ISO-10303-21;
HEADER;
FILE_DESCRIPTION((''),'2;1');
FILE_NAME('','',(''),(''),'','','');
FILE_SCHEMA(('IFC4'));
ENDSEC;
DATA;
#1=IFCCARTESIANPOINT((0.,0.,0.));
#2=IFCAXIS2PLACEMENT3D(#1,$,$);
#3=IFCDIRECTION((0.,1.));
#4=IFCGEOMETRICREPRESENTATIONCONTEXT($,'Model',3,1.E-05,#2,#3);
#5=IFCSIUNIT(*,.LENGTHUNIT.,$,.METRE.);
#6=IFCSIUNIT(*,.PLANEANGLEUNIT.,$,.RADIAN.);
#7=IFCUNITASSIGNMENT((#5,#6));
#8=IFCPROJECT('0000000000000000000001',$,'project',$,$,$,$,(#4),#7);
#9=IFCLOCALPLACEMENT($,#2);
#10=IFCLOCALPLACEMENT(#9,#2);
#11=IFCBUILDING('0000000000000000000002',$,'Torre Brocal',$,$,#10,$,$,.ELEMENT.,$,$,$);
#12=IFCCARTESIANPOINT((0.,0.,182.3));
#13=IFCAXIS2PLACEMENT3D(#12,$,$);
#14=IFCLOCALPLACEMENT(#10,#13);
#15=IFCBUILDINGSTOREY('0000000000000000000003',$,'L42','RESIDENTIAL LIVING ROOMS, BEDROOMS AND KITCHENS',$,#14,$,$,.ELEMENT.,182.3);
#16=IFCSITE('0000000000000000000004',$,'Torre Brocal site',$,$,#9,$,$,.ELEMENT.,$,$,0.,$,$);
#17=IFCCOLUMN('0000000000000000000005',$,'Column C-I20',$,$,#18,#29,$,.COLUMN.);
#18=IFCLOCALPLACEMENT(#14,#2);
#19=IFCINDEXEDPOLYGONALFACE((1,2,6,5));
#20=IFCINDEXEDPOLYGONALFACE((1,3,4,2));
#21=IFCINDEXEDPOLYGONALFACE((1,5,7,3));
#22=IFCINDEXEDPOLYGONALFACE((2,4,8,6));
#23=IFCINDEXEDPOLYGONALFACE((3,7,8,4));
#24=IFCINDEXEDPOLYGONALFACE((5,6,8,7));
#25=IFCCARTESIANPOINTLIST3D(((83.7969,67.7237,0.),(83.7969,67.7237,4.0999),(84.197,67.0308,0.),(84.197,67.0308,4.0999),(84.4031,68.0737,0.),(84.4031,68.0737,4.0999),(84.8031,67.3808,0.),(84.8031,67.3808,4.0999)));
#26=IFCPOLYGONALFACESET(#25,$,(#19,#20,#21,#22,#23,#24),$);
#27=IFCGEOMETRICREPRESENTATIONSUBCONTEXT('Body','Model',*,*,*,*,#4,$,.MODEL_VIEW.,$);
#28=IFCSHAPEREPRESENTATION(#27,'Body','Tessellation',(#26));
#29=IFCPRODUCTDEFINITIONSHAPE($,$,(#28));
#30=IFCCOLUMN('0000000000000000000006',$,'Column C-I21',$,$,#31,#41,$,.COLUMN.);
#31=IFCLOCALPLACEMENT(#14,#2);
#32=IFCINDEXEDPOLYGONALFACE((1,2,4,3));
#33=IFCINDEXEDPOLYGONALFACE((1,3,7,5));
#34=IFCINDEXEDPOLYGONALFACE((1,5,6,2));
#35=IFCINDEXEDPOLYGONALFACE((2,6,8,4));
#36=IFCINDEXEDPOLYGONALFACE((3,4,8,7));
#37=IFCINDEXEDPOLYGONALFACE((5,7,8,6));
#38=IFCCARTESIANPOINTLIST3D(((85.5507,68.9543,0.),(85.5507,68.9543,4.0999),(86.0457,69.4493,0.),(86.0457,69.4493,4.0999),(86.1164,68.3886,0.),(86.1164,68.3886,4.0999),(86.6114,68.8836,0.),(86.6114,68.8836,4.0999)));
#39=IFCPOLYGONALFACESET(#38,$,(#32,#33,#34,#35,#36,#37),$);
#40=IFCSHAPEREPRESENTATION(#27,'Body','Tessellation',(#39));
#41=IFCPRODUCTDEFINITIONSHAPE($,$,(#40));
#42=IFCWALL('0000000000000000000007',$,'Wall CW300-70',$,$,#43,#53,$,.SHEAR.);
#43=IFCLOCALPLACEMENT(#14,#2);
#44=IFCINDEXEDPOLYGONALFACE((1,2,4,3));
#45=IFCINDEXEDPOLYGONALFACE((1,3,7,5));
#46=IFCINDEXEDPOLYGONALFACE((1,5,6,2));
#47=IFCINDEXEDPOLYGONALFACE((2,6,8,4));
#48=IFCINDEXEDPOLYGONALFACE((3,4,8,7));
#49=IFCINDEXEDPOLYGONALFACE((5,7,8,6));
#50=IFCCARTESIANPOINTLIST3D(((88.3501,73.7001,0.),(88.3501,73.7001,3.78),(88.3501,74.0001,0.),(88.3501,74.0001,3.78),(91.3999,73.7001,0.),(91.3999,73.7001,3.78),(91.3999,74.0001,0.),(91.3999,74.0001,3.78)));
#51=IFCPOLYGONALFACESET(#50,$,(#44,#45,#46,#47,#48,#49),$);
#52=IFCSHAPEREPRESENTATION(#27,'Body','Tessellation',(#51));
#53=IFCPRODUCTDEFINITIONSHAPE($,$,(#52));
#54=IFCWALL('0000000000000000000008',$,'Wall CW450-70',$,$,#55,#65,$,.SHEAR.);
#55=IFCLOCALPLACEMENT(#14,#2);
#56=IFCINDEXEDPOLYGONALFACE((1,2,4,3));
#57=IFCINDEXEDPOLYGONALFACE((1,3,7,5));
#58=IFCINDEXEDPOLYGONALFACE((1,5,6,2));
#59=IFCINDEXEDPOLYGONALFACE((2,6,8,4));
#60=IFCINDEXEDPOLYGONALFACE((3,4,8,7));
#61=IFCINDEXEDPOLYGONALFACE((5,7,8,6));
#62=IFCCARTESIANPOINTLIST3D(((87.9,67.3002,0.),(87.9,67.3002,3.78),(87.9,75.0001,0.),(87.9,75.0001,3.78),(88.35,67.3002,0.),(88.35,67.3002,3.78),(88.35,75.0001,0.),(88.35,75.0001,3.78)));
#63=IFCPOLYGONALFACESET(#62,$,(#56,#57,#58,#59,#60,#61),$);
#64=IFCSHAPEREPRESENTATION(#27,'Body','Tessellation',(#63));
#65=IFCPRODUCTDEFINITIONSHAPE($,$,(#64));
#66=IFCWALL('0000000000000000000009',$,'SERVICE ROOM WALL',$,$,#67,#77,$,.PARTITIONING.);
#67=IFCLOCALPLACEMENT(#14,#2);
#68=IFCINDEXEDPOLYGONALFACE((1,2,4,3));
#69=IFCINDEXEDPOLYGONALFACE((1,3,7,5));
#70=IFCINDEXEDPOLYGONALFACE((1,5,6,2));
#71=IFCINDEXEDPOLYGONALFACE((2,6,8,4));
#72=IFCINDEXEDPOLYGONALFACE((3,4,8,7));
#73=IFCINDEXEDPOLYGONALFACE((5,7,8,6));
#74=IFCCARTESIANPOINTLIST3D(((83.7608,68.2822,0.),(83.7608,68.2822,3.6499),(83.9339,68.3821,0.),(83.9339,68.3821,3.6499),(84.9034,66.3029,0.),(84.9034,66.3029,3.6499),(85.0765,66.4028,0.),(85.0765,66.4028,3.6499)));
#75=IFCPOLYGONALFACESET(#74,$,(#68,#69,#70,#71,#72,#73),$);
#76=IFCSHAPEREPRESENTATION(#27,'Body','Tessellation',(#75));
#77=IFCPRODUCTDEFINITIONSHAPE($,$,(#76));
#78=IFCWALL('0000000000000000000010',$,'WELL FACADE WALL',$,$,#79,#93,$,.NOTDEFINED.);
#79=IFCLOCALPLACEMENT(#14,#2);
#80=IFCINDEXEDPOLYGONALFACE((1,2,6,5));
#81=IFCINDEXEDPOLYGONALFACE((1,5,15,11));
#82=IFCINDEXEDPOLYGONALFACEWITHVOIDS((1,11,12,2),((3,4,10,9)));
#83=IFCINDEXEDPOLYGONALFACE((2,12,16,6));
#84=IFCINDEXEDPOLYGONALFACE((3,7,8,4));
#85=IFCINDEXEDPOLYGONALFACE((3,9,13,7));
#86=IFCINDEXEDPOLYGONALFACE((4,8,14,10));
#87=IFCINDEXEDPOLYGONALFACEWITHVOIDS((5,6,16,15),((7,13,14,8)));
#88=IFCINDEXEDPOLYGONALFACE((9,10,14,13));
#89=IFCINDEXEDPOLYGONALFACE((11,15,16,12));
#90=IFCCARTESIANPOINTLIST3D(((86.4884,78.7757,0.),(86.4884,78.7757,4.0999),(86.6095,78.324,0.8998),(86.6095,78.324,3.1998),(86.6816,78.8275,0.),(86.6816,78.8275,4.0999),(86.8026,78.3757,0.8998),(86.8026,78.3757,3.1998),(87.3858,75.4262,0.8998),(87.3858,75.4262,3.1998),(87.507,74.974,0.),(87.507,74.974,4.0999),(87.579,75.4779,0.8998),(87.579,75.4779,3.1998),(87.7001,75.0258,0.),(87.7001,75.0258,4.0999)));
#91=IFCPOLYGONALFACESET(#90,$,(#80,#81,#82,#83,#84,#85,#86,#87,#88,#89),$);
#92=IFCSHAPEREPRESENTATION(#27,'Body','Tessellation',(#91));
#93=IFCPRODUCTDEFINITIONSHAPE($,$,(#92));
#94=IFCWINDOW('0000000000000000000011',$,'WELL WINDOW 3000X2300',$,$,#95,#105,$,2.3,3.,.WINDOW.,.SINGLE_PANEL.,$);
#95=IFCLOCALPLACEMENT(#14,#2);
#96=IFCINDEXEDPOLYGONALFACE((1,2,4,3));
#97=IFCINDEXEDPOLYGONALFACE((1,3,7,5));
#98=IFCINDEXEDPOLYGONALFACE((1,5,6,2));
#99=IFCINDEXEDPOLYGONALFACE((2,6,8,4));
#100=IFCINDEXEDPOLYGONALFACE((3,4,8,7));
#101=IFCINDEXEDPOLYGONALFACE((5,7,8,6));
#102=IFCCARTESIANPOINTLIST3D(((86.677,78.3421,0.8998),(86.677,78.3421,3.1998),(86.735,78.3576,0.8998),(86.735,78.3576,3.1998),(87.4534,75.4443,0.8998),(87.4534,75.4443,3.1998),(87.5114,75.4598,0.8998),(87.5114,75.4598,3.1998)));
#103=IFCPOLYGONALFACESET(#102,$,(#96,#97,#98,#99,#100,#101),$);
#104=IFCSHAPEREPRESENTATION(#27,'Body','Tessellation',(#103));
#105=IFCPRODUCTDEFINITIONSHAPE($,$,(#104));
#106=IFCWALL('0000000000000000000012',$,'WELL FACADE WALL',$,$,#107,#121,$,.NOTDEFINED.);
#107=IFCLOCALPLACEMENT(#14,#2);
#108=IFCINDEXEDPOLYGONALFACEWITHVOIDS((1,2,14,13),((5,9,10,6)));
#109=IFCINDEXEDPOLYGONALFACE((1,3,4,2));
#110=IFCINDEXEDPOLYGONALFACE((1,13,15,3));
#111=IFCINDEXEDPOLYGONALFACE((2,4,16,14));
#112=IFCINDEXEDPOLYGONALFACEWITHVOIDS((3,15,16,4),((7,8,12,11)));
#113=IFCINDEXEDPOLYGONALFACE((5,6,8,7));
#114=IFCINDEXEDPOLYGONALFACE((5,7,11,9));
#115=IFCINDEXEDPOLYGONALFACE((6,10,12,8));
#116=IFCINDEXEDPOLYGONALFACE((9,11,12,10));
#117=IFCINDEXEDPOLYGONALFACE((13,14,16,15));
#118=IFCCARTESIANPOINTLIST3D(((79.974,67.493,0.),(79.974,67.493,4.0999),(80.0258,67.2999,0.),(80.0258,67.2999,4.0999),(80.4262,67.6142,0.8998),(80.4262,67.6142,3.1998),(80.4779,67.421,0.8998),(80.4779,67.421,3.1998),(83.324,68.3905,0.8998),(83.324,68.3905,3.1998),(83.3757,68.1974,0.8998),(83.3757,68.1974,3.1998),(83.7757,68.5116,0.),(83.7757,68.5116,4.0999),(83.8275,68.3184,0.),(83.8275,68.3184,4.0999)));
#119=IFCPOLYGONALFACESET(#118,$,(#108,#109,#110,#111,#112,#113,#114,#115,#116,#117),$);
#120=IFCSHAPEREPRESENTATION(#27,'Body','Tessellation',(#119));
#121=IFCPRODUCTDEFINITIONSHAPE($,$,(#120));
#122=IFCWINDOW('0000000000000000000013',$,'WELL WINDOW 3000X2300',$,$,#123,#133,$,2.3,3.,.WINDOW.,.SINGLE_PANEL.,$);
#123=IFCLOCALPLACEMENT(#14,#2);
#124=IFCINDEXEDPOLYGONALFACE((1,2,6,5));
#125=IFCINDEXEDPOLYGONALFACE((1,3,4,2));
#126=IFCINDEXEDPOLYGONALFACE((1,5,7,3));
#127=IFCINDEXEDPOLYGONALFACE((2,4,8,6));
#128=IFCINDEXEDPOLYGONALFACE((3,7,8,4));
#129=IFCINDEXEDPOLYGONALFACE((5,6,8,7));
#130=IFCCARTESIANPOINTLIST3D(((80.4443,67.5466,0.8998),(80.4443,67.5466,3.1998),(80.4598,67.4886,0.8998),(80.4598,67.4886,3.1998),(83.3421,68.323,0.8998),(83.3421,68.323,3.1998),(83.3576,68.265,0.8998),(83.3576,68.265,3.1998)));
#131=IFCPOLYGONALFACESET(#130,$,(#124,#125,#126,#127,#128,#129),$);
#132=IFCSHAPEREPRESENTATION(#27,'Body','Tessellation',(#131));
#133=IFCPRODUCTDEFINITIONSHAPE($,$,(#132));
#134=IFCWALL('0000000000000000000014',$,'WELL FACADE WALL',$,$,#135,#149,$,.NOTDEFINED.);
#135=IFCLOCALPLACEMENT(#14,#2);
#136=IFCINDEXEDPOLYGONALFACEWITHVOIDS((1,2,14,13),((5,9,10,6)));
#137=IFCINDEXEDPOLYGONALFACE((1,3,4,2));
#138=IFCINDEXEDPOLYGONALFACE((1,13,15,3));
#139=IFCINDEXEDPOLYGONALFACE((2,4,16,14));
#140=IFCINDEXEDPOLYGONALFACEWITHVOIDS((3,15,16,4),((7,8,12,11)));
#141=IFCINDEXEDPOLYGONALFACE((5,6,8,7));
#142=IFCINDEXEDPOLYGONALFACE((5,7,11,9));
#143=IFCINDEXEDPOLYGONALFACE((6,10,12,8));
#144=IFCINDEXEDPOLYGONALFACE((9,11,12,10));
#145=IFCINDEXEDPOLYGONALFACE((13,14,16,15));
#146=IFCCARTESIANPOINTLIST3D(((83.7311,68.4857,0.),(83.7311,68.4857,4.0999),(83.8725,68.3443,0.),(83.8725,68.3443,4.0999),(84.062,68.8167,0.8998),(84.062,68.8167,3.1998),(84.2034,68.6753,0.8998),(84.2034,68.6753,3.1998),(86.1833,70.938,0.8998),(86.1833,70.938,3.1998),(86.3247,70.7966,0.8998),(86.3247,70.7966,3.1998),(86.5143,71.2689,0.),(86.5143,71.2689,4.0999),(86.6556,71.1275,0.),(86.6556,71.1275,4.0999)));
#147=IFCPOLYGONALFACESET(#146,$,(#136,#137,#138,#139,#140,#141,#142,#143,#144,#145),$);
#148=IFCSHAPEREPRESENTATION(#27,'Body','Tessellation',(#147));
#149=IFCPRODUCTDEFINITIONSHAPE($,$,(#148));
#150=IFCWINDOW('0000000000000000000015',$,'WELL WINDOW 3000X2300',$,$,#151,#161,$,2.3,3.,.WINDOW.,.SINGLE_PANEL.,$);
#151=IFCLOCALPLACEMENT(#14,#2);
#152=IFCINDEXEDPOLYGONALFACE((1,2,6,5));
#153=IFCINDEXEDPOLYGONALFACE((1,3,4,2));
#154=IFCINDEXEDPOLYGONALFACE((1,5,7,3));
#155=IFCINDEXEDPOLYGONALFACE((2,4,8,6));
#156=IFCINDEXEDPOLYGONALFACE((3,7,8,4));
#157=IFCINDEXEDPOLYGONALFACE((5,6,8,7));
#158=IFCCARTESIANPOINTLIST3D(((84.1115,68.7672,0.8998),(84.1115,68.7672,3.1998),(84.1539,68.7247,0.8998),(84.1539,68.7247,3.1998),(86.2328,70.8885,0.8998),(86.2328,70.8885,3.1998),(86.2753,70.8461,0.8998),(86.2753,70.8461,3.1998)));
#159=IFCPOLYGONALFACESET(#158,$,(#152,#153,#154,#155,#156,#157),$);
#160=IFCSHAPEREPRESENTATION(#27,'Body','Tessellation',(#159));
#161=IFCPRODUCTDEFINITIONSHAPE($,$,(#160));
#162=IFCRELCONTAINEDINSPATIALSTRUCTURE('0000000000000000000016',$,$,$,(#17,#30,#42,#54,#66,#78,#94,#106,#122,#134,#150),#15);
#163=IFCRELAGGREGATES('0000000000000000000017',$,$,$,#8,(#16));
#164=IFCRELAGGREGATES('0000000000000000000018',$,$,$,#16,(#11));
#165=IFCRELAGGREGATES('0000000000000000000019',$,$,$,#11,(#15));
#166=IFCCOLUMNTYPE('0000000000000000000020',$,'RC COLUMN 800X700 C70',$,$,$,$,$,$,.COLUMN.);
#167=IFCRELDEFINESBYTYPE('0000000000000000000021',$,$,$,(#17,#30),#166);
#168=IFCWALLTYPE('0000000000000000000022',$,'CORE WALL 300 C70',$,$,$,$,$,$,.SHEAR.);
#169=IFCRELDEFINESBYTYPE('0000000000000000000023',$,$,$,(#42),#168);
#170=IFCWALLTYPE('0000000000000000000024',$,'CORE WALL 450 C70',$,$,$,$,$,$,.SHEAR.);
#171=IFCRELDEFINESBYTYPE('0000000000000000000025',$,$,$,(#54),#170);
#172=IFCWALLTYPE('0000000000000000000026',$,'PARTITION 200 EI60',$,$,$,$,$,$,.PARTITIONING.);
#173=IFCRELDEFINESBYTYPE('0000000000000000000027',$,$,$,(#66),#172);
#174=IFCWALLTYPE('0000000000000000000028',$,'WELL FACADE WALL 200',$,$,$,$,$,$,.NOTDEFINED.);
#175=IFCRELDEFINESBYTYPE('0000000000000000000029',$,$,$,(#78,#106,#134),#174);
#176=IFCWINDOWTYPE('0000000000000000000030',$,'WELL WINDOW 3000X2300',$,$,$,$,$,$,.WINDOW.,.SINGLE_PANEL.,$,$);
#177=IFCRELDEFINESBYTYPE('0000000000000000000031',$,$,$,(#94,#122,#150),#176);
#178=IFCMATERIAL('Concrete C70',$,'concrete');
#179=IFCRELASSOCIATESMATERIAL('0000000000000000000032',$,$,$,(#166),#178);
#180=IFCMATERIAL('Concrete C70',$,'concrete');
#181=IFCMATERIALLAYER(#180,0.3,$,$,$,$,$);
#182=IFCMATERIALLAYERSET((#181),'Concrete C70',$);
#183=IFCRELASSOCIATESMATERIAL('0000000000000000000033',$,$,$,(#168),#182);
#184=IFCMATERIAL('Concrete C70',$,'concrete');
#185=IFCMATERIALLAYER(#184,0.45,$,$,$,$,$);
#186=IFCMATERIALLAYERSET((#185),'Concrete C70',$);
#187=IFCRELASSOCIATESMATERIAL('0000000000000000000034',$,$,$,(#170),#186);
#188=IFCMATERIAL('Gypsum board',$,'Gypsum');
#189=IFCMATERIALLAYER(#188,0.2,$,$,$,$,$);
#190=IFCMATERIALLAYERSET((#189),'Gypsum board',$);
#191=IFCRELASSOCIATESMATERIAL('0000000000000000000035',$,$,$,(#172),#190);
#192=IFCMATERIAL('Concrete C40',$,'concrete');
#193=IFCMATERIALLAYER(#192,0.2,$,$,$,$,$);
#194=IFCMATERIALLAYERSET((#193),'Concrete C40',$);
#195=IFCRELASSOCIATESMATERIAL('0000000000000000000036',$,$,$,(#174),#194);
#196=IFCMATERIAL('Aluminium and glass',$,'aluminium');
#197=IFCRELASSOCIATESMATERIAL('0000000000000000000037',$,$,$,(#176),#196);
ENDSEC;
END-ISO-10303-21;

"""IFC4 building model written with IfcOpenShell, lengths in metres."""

from ifc_helpers import new_model, si_unit, direction, frame, frame_2d, origin, origin_2d, place, context, subcontext, project, spatial, rectangle, extrude, material, layer, layer_set, material_profile, profile_set, type_object, element, fill, save


model = new_model("IFC4")

# Units and contexts
model_context = context("Model", 3, precision=1e-05, world=origin(), true_north=direction((0.0, 1.0)))
body_context = subcontext(model_context, "Body", "Model", "MODEL_VIEW")
ifc_project = project(units=[si_unit("LENGTHUNIT", "METRE"), si_unit("PLANEANGLEUNIT", "RADIAN")], contexts=[model_context])

# Site, building, storey
site_placement = place(None, origin())
site = spatial("IfcSite", under=ifc_project, at=site_placement, Name="Torre Brocal site", CompositionType="ELEMENT", RefElevation=0.0)
building_placement = place(site_placement, origin())
building = spatial("IfcBuilding", under=site, at=building_placement, Name="Torre Brocal", CompositionType="ELEMENT")
storey_placement = place(building_placement, frame((0.0, 0.0, 182.3)))
storey = spatial("IfcBuildingStorey", under=building, at=storey_placement, Name="L42", Description="RESIDENTIAL LIVING ROOMS, BEDROOMS AND KITCHENS", CompositionType="ELEMENT", Elevation=182.3)

# Columns
ifc_material_1 = material(Name="Concrete C70", Category="concrete")
ifc_material_profile = material_profile(ifc_material_1, rectangle(XDim=0.8, YDim=0.7, at=origin_2d()), Name="RC 800X700")
ifc_profile_set = profile_set([ifc_material_profile], Name="Concrete C70")
column_type = type_object("IfcColumnType", Name="RC COLUMN 800X700 C70", PredefinedType="COLUMN", material=ifc_profile_set)
for number, where, z_axis, x_axis, name in (
    (1, (84.3, 67.5522, 0.0), (0.0, 0.0, 1.0), (0.5, -0.866025, 0.0), "Column C-I20"),
    (2, (86.0811, 68.9189, 0.0), (0.0, 0.0, 1.0), (0.707107, -0.707107, 0.0), "Column C-I21"),
):
    element("IfcColumn", number, at=place(storey_placement, frame(where, z_axis=z_axis, x_axis=x_axis)), inside=storey, type_object=column_type, Name=name, PredefinedType="COLUMN", context=body_context, shape_type="SweptSolid", body=[
        extrude(rectangle(XDim=0.8, YDim=0.7, at=origin_2d()), origin(), (0.0, 0.0, 1.0), 4.0999),
    ])

# Walls
ifc_material_2 = material(Name="Concrete C70", Category="concrete")
ifc_layer_1 = layer(ifc_material_2, 0.3)
ifc_layer_set_1 = layer_set([ifc_layer_1], Name="Concrete C70")
wall_type_1 = type_object("IfcWallType", Name="CORE WALL 300 C70", PredefinedType="SHEAR", material=ifc_layer_set_1)
wall_1_placement = place(storey_placement, frame((88.3501, 73.8501, 0.0), z_axis=(0.0, 0.0, 1.0), x_axis=(1.0, 0.0, 0.0)))
element("IfcWall", 3, at=wall_1_placement, inside=storey, type_object=wall_type_1, Name="Wall CW300-70", PredefinedType="SHEAR", context=body_context, shape_type="SweptSolid", body=[
    extrude(rectangle(XDim=3.0498, YDim=0.3, at=frame_2d((1.5249, 0.0))), origin(), (0.0, 0.0, 1.0), 3.78),
])
ifc_material_3 = material(Name="Concrete C70", Category="concrete")
ifc_layer_2 = layer(ifc_material_3, 0.45)
ifc_layer_set_2 = layer_set([ifc_layer_2], Name="Concrete C70")
wall_type_2 = type_object("IfcWallType", Name="CORE WALL 450 C70", PredefinedType="SHEAR", material=ifc_layer_set_2)
wall_2_placement = place(storey_placement, frame((88.125, 67.3, 0.0), z_axis=(0.0, 0.0, 1.0), x_axis=(0.0, 1.0, 0.0)))
element("IfcWall", 4, at=wall_2_placement, inside=storey, type_object=wall_type_2, Name="Wall CW450-70", PredefinedType="SHEAR", context=body_context, shape_type="SweptSolid", body=[
    extrude(rectangle(XDim=7.7, YDim=0.45, at=frame_2d((3.8501, 0.0))), origin(), (0.0, 0.0, 1.0), 3.78),
])
ifc_material_4 = material(Name="Gypsum board", Category="Gypsum")
ifc_layer_3 = layer(ifc_material_4, 0.2)
ifc_layer_set_3 = layer_set([ifc_layer_3], Name="Gypsum board")
wall_type_3 = type_object("IfcWallType", Name="PARTITION 200 EI60", PredefinedType="PARTITIONING", material=ifc_layer_set_3)
wall_3_placement = place(storey_placement, frame((83.8474, 68.332, 0.0), z_axis=(0.0, 0.0, 1.0), x_axis=(0.499954, -0.866052, 0.0)))
element("IfcWall", 5, at=wall_3_placement, inside=storey, type_object=wall_type_3, Name="SERVICE ROOM WALL", PredefinedType="PARTITIONING", context=body_context, shape_type="SweptSolid", body=[
    extrude(rectangle(XDim=2.2854, YDim=0.2, at=frame_2d((1.1426, 0.0))), origin(), (0.0, 0.0, 1.0), 3.6499),
])

# Walls, openings, windows
ifc_material_5 = material(Name="Concrete C40", Category="concrete")
ifc_layer_4 = layer(ifc_material_5, 0.2)
ifc_layer_set_4 = layer_set([ifc_layer_4], Name="Concrete C40")
wall_type_4 = type_object("IfcWallType", Name="WELL FACADE WALL 200", PredefinedType="NOTDEFINED", material=ifc_layer_set_4)
wall_4_placement = place(storey_placement, frame((87.6035, 75.0, 0.0), z_axis=(0.0, 0.0, 1.0), x_axis=(-0.25879, 0.965934, 0.0)))
wall_4 = element("IfcWall", 6, at=wall_4_placement, inside=storey, type_object=wall_type_4, Name="WELL FACADE WALL", PredefinedType="NOTDEFINED", context=body_context, shape_type="SweptSolid", body=[
    extrude(rectangle(XDim=3.9358, YDim=0.2, at=frame_2d((1.9678, 0.0))), origin(), (0.0, 0.0, 1.0), 4.0999),
])
opening_1_placement = place(wall_4_placement, frame((0.468, 0.0, 0.8999)))
opening_1 = element("IfcOpeningElement", 7, at=opening_1_placement, cuts=wall_4, PredefinedType="OPENING", context=body_context, shape_type="SweptSolid", body=[
    extrude(rectangle(XDim=3.0, YDim=2.3, at=frame_2d((1.5, 1.1499))), frame((0.0, 0.1099, 0.0), z_axis=(0.0, -1.0, 0.0), x_axis=(1.0, 0.0, 0.0)), (0.0, 0.0, 1.0), 0.22),
])
ifc_material_6 = material(Name="Aluminium and glass", Category="aluminium")
window_type = type_object("IfcWindowType", Name="WELL WINDOW 3000X2300", PartitioningType="SINGLE_PANEL", PredefinedType="WINDOW", material=ifc_material_6)
window_1_placement = place(opening_1_placement, origin())
window_1 = element("IfcWindow", 8, at=window_1_placement, inside=storey, type_object=window_type, Name="WELL WINDOW 3000X2300", OverallHeight=2.3, OverallWidth=3.0, PartitioningType="SINGLE_PANEL", PredefinedType="WINDOW", context=body_context, shape_type="SweptSolid", body=[
    extrude(rectangle(XDim=3.0, YDim=2.3, at=frame_2d((1.5, 1.1499))), frame((0.0, 0.03, 0.0), z_axis=(0.0, -1.0, 0.0), x_axis=(1.0, 0.0, 0.0)), (0.0, 0.0, 1.0), 0.0601),
])
fill(opening_1, window_1)
wall_5_placement = place(storey_placement, frame((80.0, 67.3965, 0.0), z_axis=(0.0, 0.0, 1.0), x_axis=(0.965934, 0.25879, 0.0)))
wall_5 = element("IfcWall", 9, at=wall_5_placement, inside=storey, type_object=wall_type_4, Name="WELL FACADE WALL", PredefinedType="NOTDEFINED", context=body_context, shape_type="SweptSolid", body=[
    extrude(rectangle(XDim=3.9358, YDim=0.2, at=frame_2d((1.9678, 0.0))), origin(), (0.0, 0.0, 1.0), 4.0999),
])
opening_2_placement = place(wall_5_placement, frame((0.468, 0.0, 0.8999)))
opening_2 = element("IfcOpeningElement", 10, at=opening_2_placement, cuts=wall_5, PredefinedType="OPENING", context=body_context, shape_type="SweptSolid", body=[
    extrude(rectangle(XDim=3.0, YDim=2.3, at=frame_2d((1.5, 1.1499))), frame((0.0, 0.1099, 0.0), z_axis=(0.0, -1.0, 0.0), x_axis=(1.0, 0.0, 0.0)), (0.0, 0.0, 1.0), 0.22),
])
window_2_placement = place(opening_2_placement, origin())
window_2 = element("IfcWindow", 11, at=window_2_placement, inside=storey, type_object=window_type, Name="WELL WINDOW 3000X2300", OverallHeight=2.3, OverallWidth=3.0, PartitioningType="SINGLE_PANEL", PredefinedType="WINDOW", context=body_context, shape_type="SweptSolid", body=[
    extrude(rectangle(XDim=3.0, YDim=2.3, at=frame_2d((1.5, 1.1499))), frame((0.0, 0.03, 0.0), z_axis=(0.0, -1.0, 0.0), x_axis=(1.0, 0.0, 0.0)), (0.0, 0.0, 1.0), 0.0601),
])
fill(opening_2, window_2)
wall_6_placement = place(storey_placement, frame((83.8018, 68.415, 0.0), z_axis=(0.0, 0.0, 1.0), x_axis=(0.707107, 0.707107, 0.0)))
wall_6 = element("IfcWall", 12, at=wall_6_placement, inside=storey, type_object=wall_type_4, Name="WELL FACADE WALL", PredefinedType="NOTDEFINED", context=body_context, shape_type="SweptSolid", body=[
    extrude(rectangle(XDim=3.936, YDim=0.2, at=frame_2d((1.968, 0.0))), origin(), (0.0, 0.0, 1.0), 4.0999),
])
opening_3_placement = place(wall_6_placement, frame((0.468, 0.0, 0.8999)))
opening_3 = element("IfcOpeningElement", 13, at=opening_3_placement, cuts=wall_6, PredefinedType="OPENING", context=body_context, shape_type="SweptSolid", body=[
    extrude(rectangle(XDim=3.0, YDim=2.3, at=frame_2d((1.5, 1.1499))), frame((0.0, 0.1099, 0.0), z_axis=(0.0, -1.0, 0.0), x_axis=(1.0, 0.0, 0.0)), (0.0, 0.0, 1.0), 0.22),
])
window_3_placement = place(opening_3_placement, origin())
window_3 = element("IfcWindow", 14, at=window_3_placement, inside=storey, type_object=window_type, Name="WELL WINDOW 3000X2300", OverallHeight=2.3, OverallWidth=3.0, PartitioningType="SINGLE_PANEL", PredefinedType="WINDOW", context=body_context, shape_type="SweptSolid", body=[
    extrude(rectangle(XDim=3.0, YDim=2.3, at=frame_2d((1.5, 1.1499))), frame((0.0, 0.03, 0.0), z_axis=(0.0, -1.0, 0.0), x_axis=(1.0, 0.0, 0.0)), (0.0, 0.0, 1.0), 0.0601),
])
fill(opening_3, window_3)

save(model, "model.ifc")
